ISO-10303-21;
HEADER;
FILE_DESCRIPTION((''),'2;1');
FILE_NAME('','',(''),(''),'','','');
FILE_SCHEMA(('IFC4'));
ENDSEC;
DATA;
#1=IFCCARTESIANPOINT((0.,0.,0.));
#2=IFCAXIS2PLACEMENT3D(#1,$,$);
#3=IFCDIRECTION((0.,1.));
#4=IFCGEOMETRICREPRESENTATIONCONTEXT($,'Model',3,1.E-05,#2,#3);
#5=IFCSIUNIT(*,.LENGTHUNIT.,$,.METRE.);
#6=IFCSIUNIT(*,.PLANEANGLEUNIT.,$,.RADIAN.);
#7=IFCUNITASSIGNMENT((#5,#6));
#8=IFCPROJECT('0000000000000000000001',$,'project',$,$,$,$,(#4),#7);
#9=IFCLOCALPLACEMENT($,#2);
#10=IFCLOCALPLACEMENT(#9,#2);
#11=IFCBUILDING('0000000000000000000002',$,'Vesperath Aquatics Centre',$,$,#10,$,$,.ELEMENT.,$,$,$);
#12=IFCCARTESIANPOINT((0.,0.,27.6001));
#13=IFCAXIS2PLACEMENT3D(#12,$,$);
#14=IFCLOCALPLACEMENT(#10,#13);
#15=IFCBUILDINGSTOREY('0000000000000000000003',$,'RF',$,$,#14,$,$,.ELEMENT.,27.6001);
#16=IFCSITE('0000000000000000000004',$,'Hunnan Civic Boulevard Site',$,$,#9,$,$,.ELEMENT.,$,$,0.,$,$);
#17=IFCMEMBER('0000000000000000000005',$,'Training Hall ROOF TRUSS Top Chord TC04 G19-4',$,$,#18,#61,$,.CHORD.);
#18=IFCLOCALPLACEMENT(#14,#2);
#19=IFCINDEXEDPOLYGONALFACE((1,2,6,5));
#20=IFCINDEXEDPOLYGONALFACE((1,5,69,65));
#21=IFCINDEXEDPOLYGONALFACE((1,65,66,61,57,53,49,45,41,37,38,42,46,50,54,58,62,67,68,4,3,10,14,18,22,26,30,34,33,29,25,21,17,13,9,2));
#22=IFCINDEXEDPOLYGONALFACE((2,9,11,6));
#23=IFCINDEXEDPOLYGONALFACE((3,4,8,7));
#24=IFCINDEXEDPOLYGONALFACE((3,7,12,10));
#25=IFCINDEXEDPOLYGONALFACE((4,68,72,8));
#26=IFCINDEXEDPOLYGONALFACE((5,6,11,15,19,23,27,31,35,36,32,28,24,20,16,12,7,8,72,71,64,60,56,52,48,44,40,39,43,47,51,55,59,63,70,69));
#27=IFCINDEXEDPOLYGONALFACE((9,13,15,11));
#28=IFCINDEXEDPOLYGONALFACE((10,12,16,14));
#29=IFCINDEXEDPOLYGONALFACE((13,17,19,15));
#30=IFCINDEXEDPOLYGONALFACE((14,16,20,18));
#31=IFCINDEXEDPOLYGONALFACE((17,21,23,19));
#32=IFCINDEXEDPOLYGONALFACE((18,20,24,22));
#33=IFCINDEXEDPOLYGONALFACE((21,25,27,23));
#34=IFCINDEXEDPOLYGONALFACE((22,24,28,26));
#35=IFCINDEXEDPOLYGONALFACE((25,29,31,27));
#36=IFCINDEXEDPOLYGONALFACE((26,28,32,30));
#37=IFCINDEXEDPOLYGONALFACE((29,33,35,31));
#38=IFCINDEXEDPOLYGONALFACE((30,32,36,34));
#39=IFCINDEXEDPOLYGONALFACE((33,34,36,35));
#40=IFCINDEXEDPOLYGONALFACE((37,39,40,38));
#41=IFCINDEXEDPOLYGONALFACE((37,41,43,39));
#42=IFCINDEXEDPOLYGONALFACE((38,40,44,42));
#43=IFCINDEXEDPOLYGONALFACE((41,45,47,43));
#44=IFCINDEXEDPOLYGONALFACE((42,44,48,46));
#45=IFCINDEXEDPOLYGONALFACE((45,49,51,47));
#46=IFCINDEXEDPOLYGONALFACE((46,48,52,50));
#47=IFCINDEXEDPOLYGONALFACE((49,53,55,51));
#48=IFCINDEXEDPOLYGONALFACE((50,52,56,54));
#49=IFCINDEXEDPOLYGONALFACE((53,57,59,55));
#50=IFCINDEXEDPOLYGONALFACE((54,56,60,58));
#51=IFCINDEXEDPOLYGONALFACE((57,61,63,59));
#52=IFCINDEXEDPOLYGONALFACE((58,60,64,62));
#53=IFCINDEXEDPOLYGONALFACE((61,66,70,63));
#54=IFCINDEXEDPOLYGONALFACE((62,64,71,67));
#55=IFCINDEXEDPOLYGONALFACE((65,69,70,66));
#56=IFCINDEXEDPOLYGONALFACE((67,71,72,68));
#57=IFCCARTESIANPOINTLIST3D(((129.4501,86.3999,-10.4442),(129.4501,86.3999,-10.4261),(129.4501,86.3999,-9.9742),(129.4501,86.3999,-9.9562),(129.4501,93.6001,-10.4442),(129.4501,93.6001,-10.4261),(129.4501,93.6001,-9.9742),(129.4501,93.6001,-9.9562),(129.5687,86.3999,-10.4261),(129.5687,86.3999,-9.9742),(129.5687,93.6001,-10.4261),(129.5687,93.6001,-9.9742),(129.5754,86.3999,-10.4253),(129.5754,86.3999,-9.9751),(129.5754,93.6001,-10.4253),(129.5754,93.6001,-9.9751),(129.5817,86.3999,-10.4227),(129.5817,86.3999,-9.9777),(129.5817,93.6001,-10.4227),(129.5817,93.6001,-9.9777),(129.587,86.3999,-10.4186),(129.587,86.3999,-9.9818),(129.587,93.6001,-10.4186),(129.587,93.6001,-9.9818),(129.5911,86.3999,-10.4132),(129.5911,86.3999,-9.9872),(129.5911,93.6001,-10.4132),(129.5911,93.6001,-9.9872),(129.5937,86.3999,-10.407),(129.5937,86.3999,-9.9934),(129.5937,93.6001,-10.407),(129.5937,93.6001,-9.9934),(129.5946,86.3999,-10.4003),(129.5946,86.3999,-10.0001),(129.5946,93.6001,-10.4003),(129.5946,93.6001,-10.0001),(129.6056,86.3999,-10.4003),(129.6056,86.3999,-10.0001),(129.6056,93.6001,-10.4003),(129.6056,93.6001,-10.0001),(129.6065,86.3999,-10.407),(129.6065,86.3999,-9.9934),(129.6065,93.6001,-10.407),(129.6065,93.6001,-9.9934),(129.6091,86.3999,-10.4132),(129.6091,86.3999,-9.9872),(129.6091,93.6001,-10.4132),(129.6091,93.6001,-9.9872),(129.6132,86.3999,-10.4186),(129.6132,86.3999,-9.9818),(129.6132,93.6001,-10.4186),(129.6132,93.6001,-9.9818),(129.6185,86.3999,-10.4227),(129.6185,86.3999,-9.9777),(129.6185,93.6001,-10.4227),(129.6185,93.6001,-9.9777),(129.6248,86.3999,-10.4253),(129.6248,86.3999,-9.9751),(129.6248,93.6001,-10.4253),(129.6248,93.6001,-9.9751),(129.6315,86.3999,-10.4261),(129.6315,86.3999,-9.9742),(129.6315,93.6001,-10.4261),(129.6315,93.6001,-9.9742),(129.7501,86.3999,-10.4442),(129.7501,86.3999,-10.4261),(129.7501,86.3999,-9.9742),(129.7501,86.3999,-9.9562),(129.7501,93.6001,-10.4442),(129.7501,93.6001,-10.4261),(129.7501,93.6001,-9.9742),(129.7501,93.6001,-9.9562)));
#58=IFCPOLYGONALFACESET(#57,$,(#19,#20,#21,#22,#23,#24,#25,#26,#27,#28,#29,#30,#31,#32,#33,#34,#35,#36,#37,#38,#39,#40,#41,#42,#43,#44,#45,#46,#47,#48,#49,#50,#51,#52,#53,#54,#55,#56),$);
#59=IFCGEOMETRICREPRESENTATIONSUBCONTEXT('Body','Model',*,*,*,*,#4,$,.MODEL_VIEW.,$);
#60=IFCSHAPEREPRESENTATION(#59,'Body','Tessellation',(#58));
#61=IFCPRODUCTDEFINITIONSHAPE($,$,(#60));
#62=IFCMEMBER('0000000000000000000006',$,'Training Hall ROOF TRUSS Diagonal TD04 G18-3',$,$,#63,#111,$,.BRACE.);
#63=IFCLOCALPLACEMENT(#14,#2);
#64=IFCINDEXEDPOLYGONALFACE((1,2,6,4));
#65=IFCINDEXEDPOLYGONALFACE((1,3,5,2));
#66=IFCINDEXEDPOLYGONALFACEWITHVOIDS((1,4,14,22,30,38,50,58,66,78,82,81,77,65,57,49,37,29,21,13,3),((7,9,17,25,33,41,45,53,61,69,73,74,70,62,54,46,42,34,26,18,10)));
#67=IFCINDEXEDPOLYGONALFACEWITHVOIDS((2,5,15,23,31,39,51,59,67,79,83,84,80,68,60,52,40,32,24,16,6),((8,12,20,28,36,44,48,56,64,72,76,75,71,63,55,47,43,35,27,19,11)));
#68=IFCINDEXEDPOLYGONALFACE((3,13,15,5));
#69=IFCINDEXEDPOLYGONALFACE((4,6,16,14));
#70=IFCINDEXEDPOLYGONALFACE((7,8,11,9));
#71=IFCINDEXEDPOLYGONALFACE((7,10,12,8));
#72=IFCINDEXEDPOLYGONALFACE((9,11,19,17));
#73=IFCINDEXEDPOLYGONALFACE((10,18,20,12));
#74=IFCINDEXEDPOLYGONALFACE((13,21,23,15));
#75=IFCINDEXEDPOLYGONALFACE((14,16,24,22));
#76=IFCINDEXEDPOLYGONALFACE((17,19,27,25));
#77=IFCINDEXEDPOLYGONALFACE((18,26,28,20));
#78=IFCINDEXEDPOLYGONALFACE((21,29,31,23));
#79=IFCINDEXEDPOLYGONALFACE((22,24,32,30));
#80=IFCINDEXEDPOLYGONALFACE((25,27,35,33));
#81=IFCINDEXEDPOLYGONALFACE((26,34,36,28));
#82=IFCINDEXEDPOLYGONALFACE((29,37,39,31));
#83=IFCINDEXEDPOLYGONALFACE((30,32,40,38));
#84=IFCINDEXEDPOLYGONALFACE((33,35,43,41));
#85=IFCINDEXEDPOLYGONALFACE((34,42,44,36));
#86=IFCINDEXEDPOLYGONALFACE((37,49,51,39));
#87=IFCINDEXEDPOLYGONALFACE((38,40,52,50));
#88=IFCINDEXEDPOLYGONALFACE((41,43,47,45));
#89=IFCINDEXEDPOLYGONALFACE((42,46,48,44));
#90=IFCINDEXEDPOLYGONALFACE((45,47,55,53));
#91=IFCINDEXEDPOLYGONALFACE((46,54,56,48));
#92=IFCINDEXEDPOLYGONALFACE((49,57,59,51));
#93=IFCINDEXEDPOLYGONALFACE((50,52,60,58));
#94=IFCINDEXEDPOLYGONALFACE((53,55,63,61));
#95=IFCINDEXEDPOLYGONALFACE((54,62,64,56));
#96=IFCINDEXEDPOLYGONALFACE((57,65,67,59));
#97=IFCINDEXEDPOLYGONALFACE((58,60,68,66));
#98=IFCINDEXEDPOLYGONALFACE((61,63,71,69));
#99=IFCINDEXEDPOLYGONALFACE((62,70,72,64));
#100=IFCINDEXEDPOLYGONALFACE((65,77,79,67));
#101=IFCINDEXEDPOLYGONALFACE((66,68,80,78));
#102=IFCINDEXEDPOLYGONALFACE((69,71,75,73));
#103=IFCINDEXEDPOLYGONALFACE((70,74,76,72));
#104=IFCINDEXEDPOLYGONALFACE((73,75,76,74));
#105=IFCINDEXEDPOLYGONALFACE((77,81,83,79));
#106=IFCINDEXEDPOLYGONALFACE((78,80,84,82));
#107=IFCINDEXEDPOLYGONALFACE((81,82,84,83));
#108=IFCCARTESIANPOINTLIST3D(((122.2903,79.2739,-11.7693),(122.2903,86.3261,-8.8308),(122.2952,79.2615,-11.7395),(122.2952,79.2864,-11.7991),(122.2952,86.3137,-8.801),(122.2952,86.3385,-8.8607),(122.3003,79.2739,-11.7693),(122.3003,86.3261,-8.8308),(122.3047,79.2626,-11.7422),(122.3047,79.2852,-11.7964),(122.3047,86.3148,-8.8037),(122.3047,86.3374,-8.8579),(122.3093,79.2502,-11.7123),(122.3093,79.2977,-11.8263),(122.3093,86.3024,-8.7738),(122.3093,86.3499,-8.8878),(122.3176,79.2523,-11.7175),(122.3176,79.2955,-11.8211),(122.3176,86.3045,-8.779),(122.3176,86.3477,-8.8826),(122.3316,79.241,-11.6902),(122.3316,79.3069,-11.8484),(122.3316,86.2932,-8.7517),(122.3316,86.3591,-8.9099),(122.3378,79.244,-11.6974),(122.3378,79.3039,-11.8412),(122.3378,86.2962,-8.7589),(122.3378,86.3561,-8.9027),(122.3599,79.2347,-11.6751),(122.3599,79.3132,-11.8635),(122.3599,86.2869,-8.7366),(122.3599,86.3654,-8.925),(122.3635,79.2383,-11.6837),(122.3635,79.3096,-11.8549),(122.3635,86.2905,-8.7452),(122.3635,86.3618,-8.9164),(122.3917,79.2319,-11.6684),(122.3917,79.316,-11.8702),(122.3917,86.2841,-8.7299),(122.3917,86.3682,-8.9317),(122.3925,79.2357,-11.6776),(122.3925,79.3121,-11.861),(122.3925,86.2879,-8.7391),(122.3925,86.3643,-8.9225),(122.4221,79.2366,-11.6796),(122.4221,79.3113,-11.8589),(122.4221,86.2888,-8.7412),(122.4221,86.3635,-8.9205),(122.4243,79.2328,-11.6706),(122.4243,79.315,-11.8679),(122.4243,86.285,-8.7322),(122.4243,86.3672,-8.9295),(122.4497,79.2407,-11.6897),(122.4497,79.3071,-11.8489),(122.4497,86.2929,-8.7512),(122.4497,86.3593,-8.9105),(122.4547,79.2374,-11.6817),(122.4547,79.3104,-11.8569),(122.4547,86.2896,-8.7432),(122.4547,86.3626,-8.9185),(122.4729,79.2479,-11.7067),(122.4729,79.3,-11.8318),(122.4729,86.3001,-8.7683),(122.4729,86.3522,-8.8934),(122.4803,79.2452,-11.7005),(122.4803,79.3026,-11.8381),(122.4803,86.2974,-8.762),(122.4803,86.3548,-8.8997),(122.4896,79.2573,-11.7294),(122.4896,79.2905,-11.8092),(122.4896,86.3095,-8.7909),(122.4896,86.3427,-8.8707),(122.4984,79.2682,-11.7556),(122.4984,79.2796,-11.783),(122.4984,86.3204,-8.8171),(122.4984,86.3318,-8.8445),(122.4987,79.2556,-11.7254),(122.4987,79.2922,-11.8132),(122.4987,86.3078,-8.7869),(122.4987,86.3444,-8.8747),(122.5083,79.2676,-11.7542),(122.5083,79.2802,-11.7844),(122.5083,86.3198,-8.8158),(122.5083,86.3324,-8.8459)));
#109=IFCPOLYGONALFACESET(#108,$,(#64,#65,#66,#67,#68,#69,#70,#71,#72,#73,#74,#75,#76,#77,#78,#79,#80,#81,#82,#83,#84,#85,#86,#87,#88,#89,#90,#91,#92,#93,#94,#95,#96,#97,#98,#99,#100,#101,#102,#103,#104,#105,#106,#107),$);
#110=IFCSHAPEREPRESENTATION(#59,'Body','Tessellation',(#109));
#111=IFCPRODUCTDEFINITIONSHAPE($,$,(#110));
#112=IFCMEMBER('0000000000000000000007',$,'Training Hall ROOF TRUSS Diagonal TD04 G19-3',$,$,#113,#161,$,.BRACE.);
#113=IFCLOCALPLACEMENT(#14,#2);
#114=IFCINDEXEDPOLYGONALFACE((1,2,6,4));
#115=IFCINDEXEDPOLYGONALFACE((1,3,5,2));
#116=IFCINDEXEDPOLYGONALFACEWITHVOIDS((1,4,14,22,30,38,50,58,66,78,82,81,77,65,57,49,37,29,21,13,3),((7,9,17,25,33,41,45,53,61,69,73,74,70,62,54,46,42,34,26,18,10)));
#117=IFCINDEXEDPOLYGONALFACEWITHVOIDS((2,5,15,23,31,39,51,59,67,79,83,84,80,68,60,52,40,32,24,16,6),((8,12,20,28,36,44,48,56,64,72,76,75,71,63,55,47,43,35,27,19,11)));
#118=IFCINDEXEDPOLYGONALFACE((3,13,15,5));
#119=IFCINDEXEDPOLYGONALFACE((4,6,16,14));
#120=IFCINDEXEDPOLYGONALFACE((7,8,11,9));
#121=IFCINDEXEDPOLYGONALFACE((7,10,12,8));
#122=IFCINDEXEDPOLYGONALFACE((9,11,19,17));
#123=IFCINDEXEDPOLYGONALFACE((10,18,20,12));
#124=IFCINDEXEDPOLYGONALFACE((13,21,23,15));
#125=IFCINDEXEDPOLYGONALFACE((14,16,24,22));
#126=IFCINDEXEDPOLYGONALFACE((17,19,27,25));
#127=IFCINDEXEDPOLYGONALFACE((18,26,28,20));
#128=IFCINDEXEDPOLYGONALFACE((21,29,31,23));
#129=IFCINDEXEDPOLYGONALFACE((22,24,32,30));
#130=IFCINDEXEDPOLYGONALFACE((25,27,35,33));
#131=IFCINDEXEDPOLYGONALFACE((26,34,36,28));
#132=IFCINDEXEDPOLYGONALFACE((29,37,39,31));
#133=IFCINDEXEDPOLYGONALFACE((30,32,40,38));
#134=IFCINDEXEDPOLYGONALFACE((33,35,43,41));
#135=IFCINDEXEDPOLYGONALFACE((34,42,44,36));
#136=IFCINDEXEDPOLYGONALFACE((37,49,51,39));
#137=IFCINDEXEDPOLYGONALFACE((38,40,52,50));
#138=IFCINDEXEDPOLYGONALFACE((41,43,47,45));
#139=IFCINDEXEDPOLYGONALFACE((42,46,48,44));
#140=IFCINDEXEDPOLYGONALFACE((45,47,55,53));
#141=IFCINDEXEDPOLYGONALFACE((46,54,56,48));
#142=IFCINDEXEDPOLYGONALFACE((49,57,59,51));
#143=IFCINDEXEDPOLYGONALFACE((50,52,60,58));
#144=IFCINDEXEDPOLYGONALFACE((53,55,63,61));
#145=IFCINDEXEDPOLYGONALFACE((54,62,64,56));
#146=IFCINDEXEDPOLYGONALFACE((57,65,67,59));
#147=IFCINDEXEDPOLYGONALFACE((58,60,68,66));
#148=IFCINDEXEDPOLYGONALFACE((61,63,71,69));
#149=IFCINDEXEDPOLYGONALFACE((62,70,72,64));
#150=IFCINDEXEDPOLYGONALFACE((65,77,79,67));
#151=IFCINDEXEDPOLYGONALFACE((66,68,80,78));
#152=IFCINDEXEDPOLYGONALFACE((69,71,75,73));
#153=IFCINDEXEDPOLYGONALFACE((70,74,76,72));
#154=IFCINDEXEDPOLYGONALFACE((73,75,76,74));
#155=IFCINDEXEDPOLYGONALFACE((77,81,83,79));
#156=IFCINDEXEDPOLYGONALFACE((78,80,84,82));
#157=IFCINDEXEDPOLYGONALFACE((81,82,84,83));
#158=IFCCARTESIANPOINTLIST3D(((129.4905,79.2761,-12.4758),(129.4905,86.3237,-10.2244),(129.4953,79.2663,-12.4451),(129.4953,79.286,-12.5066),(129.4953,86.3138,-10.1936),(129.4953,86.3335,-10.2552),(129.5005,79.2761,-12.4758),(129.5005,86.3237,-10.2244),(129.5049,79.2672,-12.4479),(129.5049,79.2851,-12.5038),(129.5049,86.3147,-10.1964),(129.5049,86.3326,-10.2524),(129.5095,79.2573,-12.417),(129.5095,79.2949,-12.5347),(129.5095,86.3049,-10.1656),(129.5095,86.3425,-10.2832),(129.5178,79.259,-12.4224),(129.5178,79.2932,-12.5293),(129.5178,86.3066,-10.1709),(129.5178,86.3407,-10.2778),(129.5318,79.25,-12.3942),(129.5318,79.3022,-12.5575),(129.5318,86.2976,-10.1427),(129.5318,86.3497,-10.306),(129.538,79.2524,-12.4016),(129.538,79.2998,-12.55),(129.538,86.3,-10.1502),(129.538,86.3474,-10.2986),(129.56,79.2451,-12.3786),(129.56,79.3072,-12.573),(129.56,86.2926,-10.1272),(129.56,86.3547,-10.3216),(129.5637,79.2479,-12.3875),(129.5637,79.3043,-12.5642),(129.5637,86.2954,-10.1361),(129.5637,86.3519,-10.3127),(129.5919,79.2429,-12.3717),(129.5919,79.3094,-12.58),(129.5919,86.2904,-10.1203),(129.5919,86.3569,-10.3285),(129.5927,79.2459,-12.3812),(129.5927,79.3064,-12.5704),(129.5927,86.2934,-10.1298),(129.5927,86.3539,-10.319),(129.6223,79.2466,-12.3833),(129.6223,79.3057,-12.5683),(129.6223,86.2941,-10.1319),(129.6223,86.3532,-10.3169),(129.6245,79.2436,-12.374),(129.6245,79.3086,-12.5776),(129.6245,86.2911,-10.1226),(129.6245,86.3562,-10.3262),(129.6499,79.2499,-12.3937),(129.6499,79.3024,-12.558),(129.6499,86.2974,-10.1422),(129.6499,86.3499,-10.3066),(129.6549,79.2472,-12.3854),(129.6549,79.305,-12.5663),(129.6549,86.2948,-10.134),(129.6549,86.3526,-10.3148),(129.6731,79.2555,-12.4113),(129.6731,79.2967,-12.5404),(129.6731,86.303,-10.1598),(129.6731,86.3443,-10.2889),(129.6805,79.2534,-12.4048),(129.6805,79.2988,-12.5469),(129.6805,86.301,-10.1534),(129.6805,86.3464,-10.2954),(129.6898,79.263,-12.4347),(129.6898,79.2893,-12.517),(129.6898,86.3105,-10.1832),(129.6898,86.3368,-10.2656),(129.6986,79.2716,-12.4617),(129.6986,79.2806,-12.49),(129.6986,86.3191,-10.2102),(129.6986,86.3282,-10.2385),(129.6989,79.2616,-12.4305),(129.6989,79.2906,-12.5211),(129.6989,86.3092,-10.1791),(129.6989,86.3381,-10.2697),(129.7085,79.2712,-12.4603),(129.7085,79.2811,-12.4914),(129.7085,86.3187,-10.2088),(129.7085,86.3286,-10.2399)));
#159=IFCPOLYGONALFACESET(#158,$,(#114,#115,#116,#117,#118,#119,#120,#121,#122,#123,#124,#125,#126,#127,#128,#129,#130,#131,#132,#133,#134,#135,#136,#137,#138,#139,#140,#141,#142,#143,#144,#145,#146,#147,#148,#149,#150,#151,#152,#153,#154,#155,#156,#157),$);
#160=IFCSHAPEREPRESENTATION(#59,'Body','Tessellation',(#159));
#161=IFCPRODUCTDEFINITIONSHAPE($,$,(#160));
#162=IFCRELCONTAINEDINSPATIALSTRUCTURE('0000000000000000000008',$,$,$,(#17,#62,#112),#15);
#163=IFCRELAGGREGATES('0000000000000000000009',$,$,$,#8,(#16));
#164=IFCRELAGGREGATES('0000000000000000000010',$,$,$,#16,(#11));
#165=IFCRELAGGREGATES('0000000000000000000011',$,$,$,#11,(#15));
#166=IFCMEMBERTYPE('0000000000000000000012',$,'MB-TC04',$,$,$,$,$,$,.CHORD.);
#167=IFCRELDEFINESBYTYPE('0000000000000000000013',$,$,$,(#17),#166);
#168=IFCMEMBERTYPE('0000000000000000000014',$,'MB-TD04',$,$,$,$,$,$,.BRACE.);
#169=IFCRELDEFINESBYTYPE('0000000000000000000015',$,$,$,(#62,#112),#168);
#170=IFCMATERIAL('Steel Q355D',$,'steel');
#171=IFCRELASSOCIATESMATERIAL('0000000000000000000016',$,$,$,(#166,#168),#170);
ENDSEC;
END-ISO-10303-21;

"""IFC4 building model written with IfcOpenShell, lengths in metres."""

from ifc_helpers import new_model, si_unit, direction, frame, origin, origin_2d, place, context, subcontext, project, spatial, hollow_circle, i_section, extrude, material, material_profile, profile_set, type_object, element, save


model = new_model("IFC4")

# Units and contexts
model_context = context("Model", 3, precision=1e-05, world=origin(), true_north=direction((0.0, 1.0)))
body_context = subcontext(model_context, "Body", "Model", "MODEL_VIEW")
ifc_project = project(units=[si_unit("LENGTHUNIT", "METRE"), si_unit("PLANEANGLEUNIT", "RADIAN")], contexts=[model_context])

# Site, building, storey
site_placement = place(None, origin())
site = spatial("IfcSite", under=ifc_project, at=site_placement, Name="Hunnan Civic Boulevard Site", CompositionType="ELEMENT", RefElevation=0.0)
building_placement = place(site_placement, origin())
building = spatial("IfcBuilding", under=site, at=building_placement, Name="Vesperath Aquatics Centre", CompositionType="ELEMENT")
storey_placement = place(building_placement, frame((0.0, 0.0, 27.6001)))
storey = spatial("IfcBuildingStorey", under=building, at=storey_placement, Name="RF", CompositionType="ELEMENT", Elevation=27.6001)

# Members
ifc_material_1 = material(Name="Steel Q355D", Category="steel")
ifc_material_profile_1 = material_profile(ifc_material_1, i_section(OverallWidth=0.3, OverallDepth=0.488, WebThickness=0.011, FlangeThickness=0.0181, FilletRadius=0.0259, at=origin_2d()), Name="HM 488x300x11x18")
ifc_profile_set_1 = profile_set([ifc_material_profile_1], Name="Steel Q355D")
member_type_1 = type_object("IfcMemberType", Name="MB-TC04", PredefinedType="CHORD", material=ifc_profile_set_1)
for number, where, z_axis, x_axis, name in (
    (1, (129.6001, 86.3999, -10.2002), (0.0, 1.0, 0.0), (-1.0, 0.0, 0.0), "Training Hall ROOF TRUSS Top Chord TC04 G19-4"),
):
    element("IfcMember", number, at=place(storey_placement, frame(where, z_axis=z_axis, x_axis=x_axis)), inside=storey, type_object=member_type_1, Name=name, PredefinedType="CHORD", context=body_context, shape_type="SweptSolid", body=[
        extrude(i_section(OverallWidth=0.3, OverallDepth=0.488, WebThickness=0.011, FlangeThickness=0.0181, FilletRadius=0.0259, at=origin_2d()), origin(), (0.0, 0.0, 1.0), 7.2002),
    ])
ifc_material_profile_2 = material_profile(ifc_material_1, hollow_circle(Radius=0.1096, WallThickness=0.01, at=origin_2d()), Name="CHS 219.1x10")
ifc_profile_set_2 = profile_set([ifc_material_profile_2], Name="Steel Q355D")
member_type_2 = type_object("IfcMemberType", Name="MB-TD04", PredefinedType="BRACE", material=ifc_profile_set_2)
member_1_placement = place(storey_placement, frame((122.3999, 79.2739, -11.7693), z_axis=(0.0, 0.923075, 0.38462), x_axis=(-1.0, 0.0, 0.0)))
element("IfcMember", 2, at=member_1_placement, inside=storey, type_object=member_type_2, Name="Training Hall ROOF TRUSS Diagonal TD04 G18-3", PredefinedType="BRACE", context=body_context, shape_type="SweptSolid", body=[
    extrude(hollow_circle(Radius=0.1096, WallThickness=0.01, at=origin_2d()), origin(), (0.0, 0.0, 1.0), 7.6399),
])
member_2_placement = place(storey_placement, frame((129.6001, 79.2761, -12.4758), z_axis=(0.0, 0.952572, 0.304314), x_axis=(-1.0, 0.0, 0.0)))
element("IfcMember", 3, at=member_2_placement, inside=storey, type_object=member_type_2, Name="Training Hall ROOF TRUSS Diagonal TD04 G19-3", PredefinedType="BRACE", context=body_context, shape_type="SweptSolid", body=[
    extrude(hollow_circle(Radius=0.1096, WallThickness=0.01, at=origin_2d()), origin(), (0.0, 0.0, 1.0), 7.3984),
])

save(model, "model.ifc")
